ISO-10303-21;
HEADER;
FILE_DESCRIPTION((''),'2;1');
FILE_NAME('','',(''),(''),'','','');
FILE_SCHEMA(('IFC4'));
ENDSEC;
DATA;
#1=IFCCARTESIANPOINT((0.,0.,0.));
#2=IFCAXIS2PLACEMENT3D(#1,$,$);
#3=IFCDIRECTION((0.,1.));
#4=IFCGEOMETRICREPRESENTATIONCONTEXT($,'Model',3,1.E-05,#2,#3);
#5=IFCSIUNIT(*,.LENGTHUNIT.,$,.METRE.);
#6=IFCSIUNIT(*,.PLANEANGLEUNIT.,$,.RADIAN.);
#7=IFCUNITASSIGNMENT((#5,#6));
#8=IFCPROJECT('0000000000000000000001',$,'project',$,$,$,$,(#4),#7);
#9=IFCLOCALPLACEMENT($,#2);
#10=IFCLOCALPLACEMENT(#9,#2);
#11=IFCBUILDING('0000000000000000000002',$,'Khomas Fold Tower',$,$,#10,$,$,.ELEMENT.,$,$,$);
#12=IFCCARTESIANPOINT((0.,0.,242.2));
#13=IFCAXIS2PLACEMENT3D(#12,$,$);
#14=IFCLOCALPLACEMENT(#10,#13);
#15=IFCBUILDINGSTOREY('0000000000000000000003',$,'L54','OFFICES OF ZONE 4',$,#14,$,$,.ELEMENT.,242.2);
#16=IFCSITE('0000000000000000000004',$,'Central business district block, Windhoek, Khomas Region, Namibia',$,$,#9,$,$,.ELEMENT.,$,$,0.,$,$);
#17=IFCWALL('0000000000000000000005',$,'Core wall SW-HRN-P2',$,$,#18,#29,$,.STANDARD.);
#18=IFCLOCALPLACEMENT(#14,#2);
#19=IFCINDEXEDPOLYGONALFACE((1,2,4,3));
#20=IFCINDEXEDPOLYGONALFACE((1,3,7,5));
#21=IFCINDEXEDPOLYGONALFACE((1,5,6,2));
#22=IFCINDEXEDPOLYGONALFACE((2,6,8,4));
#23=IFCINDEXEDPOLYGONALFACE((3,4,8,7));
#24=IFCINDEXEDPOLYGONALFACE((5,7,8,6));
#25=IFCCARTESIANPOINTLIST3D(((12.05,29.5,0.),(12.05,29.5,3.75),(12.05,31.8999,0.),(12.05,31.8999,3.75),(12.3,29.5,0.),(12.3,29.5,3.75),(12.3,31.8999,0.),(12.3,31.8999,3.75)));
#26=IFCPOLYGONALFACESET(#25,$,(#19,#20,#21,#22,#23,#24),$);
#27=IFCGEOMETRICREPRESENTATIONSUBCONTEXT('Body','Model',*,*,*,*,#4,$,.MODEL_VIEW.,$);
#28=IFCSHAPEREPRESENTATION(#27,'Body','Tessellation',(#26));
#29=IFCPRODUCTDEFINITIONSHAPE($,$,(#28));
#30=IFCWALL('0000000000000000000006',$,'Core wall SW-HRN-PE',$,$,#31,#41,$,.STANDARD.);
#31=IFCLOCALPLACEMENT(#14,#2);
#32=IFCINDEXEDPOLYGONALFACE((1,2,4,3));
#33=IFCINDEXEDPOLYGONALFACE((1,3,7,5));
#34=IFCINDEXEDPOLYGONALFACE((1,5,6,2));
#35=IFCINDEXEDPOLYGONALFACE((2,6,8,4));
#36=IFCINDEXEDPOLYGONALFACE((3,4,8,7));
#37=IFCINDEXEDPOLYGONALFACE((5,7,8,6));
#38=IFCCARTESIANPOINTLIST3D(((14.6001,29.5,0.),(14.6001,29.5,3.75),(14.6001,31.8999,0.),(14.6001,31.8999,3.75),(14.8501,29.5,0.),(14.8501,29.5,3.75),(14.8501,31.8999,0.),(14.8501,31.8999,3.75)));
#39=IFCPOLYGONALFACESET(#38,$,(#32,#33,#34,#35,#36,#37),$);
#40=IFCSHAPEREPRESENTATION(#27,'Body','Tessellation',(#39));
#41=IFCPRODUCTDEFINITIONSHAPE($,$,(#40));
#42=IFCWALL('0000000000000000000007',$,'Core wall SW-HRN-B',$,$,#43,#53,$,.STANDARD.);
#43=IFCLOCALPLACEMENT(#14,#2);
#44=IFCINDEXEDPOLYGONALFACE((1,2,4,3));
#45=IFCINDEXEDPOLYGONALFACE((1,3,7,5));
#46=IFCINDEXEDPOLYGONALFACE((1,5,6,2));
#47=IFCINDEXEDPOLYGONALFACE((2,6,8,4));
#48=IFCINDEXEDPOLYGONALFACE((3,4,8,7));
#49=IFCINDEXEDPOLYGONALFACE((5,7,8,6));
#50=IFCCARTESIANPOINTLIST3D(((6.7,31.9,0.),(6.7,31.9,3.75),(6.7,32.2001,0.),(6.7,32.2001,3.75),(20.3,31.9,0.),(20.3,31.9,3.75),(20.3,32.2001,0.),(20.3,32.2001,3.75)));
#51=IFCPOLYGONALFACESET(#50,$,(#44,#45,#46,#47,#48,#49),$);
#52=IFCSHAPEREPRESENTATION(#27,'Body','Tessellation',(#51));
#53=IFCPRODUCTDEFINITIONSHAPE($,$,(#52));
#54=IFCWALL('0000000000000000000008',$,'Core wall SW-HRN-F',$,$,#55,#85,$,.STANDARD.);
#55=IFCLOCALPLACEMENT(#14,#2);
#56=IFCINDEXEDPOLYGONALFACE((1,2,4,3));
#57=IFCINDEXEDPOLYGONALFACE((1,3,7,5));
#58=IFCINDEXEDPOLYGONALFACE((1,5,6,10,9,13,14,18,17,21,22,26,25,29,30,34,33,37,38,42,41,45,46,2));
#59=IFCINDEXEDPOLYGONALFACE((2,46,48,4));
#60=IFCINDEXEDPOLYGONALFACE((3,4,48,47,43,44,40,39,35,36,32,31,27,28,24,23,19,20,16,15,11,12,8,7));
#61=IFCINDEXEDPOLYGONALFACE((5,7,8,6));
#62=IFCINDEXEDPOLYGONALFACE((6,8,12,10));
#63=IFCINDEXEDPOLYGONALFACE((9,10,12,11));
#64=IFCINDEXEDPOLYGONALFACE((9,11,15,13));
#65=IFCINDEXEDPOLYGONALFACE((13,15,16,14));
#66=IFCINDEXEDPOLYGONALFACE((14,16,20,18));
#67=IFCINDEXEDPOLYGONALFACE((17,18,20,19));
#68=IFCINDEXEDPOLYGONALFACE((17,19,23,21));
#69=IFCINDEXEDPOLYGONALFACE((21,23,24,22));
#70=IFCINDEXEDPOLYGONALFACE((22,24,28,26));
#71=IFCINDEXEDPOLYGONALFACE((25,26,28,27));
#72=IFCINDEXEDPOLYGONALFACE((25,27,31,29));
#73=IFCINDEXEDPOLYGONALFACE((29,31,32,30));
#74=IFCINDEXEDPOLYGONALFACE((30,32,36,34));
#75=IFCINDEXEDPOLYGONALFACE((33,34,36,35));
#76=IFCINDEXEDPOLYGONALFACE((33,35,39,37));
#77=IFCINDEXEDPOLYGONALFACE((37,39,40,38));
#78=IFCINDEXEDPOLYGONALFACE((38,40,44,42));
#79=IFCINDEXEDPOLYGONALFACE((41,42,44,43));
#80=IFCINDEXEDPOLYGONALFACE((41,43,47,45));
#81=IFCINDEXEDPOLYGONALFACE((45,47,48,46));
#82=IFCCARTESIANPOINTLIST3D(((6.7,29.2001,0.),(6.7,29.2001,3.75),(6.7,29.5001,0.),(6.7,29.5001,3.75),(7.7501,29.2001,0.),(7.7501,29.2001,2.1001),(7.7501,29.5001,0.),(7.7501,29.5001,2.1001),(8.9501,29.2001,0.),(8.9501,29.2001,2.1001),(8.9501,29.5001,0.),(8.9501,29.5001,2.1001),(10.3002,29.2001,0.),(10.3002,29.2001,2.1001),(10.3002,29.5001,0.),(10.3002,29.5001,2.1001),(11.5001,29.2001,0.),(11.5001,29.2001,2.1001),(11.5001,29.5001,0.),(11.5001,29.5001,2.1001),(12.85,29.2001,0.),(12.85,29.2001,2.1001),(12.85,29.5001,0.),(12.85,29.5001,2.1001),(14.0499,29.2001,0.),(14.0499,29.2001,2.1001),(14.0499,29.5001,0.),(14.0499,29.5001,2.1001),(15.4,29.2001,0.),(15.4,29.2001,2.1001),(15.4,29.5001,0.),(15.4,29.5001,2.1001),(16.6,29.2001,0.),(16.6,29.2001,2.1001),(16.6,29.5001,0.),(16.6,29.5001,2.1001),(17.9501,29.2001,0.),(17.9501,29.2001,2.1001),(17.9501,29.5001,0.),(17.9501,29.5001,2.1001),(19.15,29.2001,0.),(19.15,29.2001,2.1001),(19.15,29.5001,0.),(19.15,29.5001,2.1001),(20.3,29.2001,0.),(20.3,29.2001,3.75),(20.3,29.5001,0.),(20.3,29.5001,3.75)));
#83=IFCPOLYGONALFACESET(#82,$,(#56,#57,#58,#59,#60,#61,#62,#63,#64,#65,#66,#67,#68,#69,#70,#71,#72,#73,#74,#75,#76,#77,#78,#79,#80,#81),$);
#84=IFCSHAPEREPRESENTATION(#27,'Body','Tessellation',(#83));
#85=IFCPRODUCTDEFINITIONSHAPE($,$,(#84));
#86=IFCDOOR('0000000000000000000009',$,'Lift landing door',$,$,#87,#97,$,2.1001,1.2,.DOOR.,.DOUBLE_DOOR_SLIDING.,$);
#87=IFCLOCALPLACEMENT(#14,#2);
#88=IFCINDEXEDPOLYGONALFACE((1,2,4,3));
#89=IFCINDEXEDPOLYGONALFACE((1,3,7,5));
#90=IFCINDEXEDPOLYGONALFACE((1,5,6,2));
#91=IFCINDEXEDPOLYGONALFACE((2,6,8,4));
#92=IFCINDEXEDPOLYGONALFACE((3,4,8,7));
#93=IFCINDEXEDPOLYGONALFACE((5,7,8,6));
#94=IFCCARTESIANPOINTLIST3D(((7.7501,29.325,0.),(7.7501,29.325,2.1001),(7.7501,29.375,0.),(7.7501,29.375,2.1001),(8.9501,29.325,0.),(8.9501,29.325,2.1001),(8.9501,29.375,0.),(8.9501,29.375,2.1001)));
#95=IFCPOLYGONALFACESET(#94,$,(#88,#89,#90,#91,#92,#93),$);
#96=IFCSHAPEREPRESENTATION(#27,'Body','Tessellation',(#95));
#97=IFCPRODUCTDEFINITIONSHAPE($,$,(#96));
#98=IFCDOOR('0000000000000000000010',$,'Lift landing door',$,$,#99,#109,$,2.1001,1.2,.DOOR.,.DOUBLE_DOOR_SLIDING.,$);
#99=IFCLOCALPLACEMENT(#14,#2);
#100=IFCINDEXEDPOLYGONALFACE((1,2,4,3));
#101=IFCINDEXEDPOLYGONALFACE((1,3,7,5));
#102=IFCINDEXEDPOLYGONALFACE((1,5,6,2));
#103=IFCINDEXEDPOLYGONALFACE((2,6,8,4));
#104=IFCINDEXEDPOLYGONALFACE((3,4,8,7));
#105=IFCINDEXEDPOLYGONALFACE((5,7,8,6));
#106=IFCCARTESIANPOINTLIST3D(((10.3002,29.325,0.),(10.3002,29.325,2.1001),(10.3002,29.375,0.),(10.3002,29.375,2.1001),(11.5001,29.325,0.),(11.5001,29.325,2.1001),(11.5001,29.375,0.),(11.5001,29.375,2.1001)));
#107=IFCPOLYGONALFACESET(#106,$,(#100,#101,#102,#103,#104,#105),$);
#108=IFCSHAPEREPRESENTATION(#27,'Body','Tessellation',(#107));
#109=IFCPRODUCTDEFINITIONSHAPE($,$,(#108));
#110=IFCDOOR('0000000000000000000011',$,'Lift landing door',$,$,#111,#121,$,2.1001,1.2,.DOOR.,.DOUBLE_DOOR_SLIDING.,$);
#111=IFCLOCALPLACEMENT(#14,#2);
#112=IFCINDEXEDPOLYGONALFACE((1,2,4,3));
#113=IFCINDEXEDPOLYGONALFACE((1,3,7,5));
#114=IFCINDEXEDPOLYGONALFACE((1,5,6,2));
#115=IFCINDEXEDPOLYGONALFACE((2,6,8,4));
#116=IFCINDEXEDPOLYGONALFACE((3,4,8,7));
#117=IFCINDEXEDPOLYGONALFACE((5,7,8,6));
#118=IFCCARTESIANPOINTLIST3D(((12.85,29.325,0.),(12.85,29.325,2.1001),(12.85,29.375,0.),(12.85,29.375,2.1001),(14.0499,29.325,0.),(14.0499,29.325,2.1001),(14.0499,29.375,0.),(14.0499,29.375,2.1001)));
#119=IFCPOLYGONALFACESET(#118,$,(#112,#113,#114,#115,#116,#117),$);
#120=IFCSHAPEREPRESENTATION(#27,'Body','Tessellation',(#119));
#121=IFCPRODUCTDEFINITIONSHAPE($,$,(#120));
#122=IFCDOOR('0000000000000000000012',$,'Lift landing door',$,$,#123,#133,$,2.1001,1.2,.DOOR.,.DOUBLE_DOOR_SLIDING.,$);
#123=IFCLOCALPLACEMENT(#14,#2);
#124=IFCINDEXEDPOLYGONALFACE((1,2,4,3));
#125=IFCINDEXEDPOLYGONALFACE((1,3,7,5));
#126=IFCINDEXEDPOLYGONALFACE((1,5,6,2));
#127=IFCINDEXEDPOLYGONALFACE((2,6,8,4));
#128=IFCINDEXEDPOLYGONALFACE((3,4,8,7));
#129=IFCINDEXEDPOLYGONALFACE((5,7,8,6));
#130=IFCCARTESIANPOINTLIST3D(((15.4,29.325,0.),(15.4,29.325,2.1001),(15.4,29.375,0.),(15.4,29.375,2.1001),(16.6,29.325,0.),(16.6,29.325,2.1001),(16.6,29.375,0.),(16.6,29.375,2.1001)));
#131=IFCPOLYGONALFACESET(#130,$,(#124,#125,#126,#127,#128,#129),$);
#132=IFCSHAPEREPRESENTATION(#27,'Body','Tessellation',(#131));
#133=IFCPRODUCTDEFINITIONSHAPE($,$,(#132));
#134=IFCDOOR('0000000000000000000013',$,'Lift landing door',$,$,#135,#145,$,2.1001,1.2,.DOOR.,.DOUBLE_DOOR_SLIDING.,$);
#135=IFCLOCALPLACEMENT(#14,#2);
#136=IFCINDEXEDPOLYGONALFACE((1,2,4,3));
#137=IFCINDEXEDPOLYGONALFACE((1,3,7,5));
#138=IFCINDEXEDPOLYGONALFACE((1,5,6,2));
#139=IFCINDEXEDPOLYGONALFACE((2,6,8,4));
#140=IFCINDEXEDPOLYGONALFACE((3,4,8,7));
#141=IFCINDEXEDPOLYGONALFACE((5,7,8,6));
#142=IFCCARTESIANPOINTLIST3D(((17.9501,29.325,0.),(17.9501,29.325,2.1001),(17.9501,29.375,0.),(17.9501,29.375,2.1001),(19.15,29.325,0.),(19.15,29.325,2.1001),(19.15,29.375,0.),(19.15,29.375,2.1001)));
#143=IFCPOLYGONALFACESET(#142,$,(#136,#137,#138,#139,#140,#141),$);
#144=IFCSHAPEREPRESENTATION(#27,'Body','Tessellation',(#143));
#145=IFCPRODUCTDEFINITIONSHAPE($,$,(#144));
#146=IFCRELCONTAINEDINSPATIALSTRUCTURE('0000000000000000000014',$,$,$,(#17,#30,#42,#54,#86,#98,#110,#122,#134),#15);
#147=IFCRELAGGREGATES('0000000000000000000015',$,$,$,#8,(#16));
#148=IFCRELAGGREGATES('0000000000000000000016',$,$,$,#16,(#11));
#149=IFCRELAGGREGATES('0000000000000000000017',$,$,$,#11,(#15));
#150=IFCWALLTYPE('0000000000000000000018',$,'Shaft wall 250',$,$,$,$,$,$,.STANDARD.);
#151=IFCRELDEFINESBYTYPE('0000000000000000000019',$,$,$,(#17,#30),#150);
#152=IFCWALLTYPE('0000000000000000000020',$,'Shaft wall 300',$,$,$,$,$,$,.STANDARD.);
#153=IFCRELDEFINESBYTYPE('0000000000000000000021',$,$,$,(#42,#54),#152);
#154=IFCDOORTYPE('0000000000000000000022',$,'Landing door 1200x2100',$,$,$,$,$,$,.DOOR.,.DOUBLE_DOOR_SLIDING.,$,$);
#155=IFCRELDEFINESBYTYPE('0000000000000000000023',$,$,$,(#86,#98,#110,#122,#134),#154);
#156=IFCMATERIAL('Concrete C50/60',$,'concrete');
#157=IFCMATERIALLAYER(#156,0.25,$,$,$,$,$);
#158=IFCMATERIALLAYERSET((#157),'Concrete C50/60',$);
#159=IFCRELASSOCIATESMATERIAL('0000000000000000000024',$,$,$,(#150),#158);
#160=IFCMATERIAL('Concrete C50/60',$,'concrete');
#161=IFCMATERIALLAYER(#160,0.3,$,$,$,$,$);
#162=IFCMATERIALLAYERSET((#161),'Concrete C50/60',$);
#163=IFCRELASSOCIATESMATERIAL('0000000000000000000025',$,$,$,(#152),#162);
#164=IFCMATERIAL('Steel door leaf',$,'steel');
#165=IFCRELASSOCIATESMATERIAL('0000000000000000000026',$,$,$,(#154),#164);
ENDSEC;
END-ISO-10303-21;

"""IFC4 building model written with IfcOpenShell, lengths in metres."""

from ifc_helpers import new_model, si_unit, direction, frame, frame_2d, origin, place, context, subcontext, project, spatial, rectangle, extrude, source, transform, mapped, material, layer, layer_set, type_object, element, fill, save


model = new_model("IFC4")

# Units and contexts
model_context = context("Model", 3, precision=1e-05, world=origin(), true_north=direction((0.0, 1.0)))
body_context = subcontext(model_context, "Body", "Model", "MODEL_VIEW")
ifc_project = project(units=[si_unit("LENGTHUNIT", "METRE"), si_unit("PLANEANGLEUNIT", "RADIAN")], contexts=[model_context])

# Site, building, storey
site_placement = place(None, origin())
site = spatial("IfcSite", under=ifc_project, at=site_placement, Name="Central business district block, Windhoek, Khomas Region, Namibia", CompositionType="ELEMENT", RefElevation=0.0)
building_placement = place(site_placement, origin())
building = spatial("IfcBuilding", under=site, at=building_placement, Name="Khomas Fold Tower", CompositionType="ELEMENT")
storey_placement = place(building_placement, frame((0.0, 0.0, 242.2)))
storey = spatial("IfcBuildingStorey", under=building, at=storey_placement, Name="L54", Description="OFFICES OF ZONE 4", CompositionType="ELEMENT", Elevation=242.2)

# Walls
ifc_material_1 = material(Name="Concrete C50/60", Category="concrete")
ifc_layer_1 = layer(ifc_material_1, 0.25)
ifc_layer_set_1 = layer_set([ifc_layer_1], Name="Concrete C50/60")
wall_type_1 = type_object("IfcWallType", Name="Shaft wall 250", PredefinedType="STANDARD", material=ifc_layer_set_1)
shared_shape_1 = source(origin(), body_context, "Body", "SweptSolid", [
    extrude(rectangle(XDim=2.3999, YDim=0.25, at=frame_2d((1.2, 0.0))), origin(), (0.0, 0.0, 1.0), 3.75),
])
for number, where, z_axis, x_axis, name in (
    (1, (12.175, 29.5, 0.0), (0.0, 0.0, 1.0), (0.0, 1.0, 0.0), "Core wall SW-HRN-P2"),
    (2, (14.7251, 29.5, 0.0), (0.0, 0.0, 1.0), (0.0, 1.0, 0.0), "Core wall SW-HRN-PE"),
):
    element("IfcWall", number, at=place(storey_placement, frame(where, z_axis=z_axis, x_axis=x_axis)), inside=storey, type_object=wall_type_1, Name=name, PredefinedType="STANDARD", context=body_context, shape_type="MappedRepresentation", body=[
        mapped(shared_shape_1, transform((0.0, 0.0, 0.0))),
    ])
ifc_material_2 = material(Name="Concrete C50/60", Category="concrete")
ifc_layer_2 = layer(ifc_material_2, 0.3)
ifc_layer_set_2 = layer_set([ifc_layer_2], Name="Concrete C50/60")
wall_type_2 = type_object("IfcWallType", Name="Shaft wall 300", PredefinedType="STANDARD", material=ifc_layer_set_2)
shared_shape_2 = source(origin(), body_context, "Body", "SweptSolid", [
    extrude(rectangle(XDim=13.6001, YDim=0.3, at=frame_2d((6.8, 0.0))), origin(), (0.0, 0.0, 1.0), 3.75),
])
wall_1_placement = place(storey_placement, frame((6.7, 32.05, 0.0), z_axis=(0.0, 0.0, 1.0), x_axis=(1.0, 0.0, 0.0)))
element("IfcWall", 3, at=wall_1_placement, inside=storey, type_object=wall_type_2, Name="Core wall SW-HRN-B", PredefinedType="STANDARD", context=body_context, shape_type="MappedRepresentation", body=[
    mapped(shared_shape_2, transform((0.0, 0.0, 0.0))),
])

# Wall, openings, doors
wall_2_placement = place(storey_placement, frame((6.7, 29.3501, 0.0), z_axis=(0.0, 0.0, 1.0), x_axis=(1.0, 0.0, 0.0)))
wall_2 = element("IfcWall", 4, at=wall_2_placement, inside=storey, type_object=wall_type_2, Name="Core wall SW-HRN-F", PredefinedType="STANDARD", context=body_context, shape_type="MappedRepresentation", body=[
    mapped(shared_shape_2, transform((0.0, 0.0, 0.0))),
])
shared_shape_3 = source(origin(), body_context, "Body", "SweptSolid", [
    extrude(rectangle(XDim=1.2, YDim=2.1001, at=frame_2d((0.6001, 1.05))), frame((0.0, 0.1599, 0.0), z_axis=(0.0, -1.0, 0.0), x_axis=(1.0, 0.0, 0.0)), (0.0, 0.0, 1.0), 0.3201),
])
opening_1_placement = place(wall_2_placement, frame((1.05, 0.0, 0.0)))
opening_1 = element("IfcOpeningElement", 5, at=opening_1_placement, cuts=wall_2, PredefinedType="OPENING", context=body_context, shape_type="MappedRepresentation", body=[
    mapped(shared_shape_3, transform((0.0, 0.0, 0.0))),
])
opening_2_placement = place(wall_2_placement, frame((3.6001, 0.0, 0.0)))
opening_2 = element("IfcOpeningElement", 6, at=opening_2_placement, cuts=wall_2, PredefinedType="OPENING", context=body_context, shape_type="MappedRepresentation", body=[
    mapped(shared_shape_3, transform((0.0, 0.0, 0.0))),
])
opening_3_placement = place(wall_2_placement, frame((6.1499, 0.0, 0.0)))
opening_3 = element("IfcOpeningElement", 7, at=opening_3_placement, cuts=wall_2, PredefinedType="OPENING", context=body_context, shape_type="MappedRepresentation", body=[
    mapped(shared_shape_3, transform((0.0, 0.0, 0.0))),
])
opening_4_placement = place(wall_2_placement, frame((8.7, 0.0, 0.0)))
opening_4 = element("IfcOpeningElement", 8, at=opening_4_placement, cuts=wall_2, PredefinedType="OPENING", context=body_context, shape_type="MappedRepresentation", body=[
    mapped(shared_shape_3, transform((0.0, 0.0, 0.0))),
])
opening_5_placement = place(wall_2_placement, frame((11.25, 0.0, 0.0)))
opening_5 = element("IfcOpeningElement", 9, at=opening_5_placement, cuts=wall_2, PredefinedType="OPENING", context=body_context, shape_type="MappedRepresentation", body=[
    mapped(shared_shape_3, transform((0.0, 0.0, 0.0))),
])
ifc_material_3 = material(Name="Steel door leaf", Category="steel")
door_type = type_object("IfcDoorType", Name="Landing door 1200x2100", OperationType="DOUBLE_DOOR_SLIDING", PredefinedType="DOOR", material=ifc_material_3)
shared_shape_4 = source(origin(), body_context, "Body", "SweptSolid", [
    extrude(rectangle(XDim=1.2, YDim=2.1001, at=frame_2d((0.6001, 1.05))), frame((0.0, 0.0249, 0.0), z_axis=(0.0, -1.0, 0.0), x_axis=(1.0, 0.0, 0.0)), (0.0, 0.0, 1.0), 0.05),
])
door_1_placement = place(opening_1_placement, origin())
door_1 = element("IfcDoor", 10, at=door_1_placement, inside=storey, type_object=door_type, Name="Lift landing door", OperationType="DOUBLE_DOOR_SLIDING", OverallHeight=2.1001, OverallWidth=1.2, PredefinedType="DOOR", context=body_context, shape_type="MappedRepresentation", body=[
    mapped(shared_shape_4, transform((0.0, 0.0, 0.0))),
])
fill(opening_1, door_1)
door_2_placement = place(opening_2_placement, origin())
door_2 = element("IfcDoor", 11, at=door_2_placement, inside=storey, type_object=door_type, Name="Lift landing door", OperationType="DOUBLE_DOOR_SLIDING", OverallHeight=2.1001, OverallWidth=1.2, PredefinedType="DOOR", context=body_context, shape_type="MappedRepresentation", body=[
    mapped(shared_shape_4, transform((0.0, 0.0, 0.0))),
])
fill(opening_2, door_2)
door_3_placement = place(opening_3_placement, origin())
door_3 = element("IfcDoor", 12, at=door_3_placement, inside=storey, type_object=door_type, Name="Lift landing door", OperationType="DOUBLE_DOOR_SLIDING", OverallHeight=2.1001, OverallWidth=1.2, PredefinedType="DOOR", context=body_context, shape_type="MappedRepresentation", body=[
    mapped(shared_shape_4, transform((0.0, 0.0, 0.0))),
])
fill(opening_3, door_3)
door_4_placement = place(opening_4_placement, origin())
door_4 = element("IfcDoor", 13, at=door_4_placement, inside=storey, type_object=door_type, Name="Lift landing door", OperationType="DOUBLE_DOOR_SLIDING", OverallHeight=2.1001, OverallWidth=1.2, PredefinedType="DOOR", context=body_context, shape_type="MappedRepresentation", body=[
    mapped(shared_shape_4, transform((0.0, 0.0, 0.0))),
])
fill(opening_4, door_4)
door_5_placement = place(opening_5_placement, origin())
door_5 = element("IfcDoor", 14, at=door_5_placement, inside=storey, type_object=door_type, Name="Lift landing door", OperationType="DOUBLE_DOOR_SLIDING", OverallHeight=2.1001, OverallWidth=1.2, PredefinedType="DOOR", context=body_context, shape_type="MappedRepresentation", body=[
    mapped(shared_shape_4, transform((0.0, 0.0, 0.0))),
])
fill(opening_5, door_5)

save(model, "model.ifc")
